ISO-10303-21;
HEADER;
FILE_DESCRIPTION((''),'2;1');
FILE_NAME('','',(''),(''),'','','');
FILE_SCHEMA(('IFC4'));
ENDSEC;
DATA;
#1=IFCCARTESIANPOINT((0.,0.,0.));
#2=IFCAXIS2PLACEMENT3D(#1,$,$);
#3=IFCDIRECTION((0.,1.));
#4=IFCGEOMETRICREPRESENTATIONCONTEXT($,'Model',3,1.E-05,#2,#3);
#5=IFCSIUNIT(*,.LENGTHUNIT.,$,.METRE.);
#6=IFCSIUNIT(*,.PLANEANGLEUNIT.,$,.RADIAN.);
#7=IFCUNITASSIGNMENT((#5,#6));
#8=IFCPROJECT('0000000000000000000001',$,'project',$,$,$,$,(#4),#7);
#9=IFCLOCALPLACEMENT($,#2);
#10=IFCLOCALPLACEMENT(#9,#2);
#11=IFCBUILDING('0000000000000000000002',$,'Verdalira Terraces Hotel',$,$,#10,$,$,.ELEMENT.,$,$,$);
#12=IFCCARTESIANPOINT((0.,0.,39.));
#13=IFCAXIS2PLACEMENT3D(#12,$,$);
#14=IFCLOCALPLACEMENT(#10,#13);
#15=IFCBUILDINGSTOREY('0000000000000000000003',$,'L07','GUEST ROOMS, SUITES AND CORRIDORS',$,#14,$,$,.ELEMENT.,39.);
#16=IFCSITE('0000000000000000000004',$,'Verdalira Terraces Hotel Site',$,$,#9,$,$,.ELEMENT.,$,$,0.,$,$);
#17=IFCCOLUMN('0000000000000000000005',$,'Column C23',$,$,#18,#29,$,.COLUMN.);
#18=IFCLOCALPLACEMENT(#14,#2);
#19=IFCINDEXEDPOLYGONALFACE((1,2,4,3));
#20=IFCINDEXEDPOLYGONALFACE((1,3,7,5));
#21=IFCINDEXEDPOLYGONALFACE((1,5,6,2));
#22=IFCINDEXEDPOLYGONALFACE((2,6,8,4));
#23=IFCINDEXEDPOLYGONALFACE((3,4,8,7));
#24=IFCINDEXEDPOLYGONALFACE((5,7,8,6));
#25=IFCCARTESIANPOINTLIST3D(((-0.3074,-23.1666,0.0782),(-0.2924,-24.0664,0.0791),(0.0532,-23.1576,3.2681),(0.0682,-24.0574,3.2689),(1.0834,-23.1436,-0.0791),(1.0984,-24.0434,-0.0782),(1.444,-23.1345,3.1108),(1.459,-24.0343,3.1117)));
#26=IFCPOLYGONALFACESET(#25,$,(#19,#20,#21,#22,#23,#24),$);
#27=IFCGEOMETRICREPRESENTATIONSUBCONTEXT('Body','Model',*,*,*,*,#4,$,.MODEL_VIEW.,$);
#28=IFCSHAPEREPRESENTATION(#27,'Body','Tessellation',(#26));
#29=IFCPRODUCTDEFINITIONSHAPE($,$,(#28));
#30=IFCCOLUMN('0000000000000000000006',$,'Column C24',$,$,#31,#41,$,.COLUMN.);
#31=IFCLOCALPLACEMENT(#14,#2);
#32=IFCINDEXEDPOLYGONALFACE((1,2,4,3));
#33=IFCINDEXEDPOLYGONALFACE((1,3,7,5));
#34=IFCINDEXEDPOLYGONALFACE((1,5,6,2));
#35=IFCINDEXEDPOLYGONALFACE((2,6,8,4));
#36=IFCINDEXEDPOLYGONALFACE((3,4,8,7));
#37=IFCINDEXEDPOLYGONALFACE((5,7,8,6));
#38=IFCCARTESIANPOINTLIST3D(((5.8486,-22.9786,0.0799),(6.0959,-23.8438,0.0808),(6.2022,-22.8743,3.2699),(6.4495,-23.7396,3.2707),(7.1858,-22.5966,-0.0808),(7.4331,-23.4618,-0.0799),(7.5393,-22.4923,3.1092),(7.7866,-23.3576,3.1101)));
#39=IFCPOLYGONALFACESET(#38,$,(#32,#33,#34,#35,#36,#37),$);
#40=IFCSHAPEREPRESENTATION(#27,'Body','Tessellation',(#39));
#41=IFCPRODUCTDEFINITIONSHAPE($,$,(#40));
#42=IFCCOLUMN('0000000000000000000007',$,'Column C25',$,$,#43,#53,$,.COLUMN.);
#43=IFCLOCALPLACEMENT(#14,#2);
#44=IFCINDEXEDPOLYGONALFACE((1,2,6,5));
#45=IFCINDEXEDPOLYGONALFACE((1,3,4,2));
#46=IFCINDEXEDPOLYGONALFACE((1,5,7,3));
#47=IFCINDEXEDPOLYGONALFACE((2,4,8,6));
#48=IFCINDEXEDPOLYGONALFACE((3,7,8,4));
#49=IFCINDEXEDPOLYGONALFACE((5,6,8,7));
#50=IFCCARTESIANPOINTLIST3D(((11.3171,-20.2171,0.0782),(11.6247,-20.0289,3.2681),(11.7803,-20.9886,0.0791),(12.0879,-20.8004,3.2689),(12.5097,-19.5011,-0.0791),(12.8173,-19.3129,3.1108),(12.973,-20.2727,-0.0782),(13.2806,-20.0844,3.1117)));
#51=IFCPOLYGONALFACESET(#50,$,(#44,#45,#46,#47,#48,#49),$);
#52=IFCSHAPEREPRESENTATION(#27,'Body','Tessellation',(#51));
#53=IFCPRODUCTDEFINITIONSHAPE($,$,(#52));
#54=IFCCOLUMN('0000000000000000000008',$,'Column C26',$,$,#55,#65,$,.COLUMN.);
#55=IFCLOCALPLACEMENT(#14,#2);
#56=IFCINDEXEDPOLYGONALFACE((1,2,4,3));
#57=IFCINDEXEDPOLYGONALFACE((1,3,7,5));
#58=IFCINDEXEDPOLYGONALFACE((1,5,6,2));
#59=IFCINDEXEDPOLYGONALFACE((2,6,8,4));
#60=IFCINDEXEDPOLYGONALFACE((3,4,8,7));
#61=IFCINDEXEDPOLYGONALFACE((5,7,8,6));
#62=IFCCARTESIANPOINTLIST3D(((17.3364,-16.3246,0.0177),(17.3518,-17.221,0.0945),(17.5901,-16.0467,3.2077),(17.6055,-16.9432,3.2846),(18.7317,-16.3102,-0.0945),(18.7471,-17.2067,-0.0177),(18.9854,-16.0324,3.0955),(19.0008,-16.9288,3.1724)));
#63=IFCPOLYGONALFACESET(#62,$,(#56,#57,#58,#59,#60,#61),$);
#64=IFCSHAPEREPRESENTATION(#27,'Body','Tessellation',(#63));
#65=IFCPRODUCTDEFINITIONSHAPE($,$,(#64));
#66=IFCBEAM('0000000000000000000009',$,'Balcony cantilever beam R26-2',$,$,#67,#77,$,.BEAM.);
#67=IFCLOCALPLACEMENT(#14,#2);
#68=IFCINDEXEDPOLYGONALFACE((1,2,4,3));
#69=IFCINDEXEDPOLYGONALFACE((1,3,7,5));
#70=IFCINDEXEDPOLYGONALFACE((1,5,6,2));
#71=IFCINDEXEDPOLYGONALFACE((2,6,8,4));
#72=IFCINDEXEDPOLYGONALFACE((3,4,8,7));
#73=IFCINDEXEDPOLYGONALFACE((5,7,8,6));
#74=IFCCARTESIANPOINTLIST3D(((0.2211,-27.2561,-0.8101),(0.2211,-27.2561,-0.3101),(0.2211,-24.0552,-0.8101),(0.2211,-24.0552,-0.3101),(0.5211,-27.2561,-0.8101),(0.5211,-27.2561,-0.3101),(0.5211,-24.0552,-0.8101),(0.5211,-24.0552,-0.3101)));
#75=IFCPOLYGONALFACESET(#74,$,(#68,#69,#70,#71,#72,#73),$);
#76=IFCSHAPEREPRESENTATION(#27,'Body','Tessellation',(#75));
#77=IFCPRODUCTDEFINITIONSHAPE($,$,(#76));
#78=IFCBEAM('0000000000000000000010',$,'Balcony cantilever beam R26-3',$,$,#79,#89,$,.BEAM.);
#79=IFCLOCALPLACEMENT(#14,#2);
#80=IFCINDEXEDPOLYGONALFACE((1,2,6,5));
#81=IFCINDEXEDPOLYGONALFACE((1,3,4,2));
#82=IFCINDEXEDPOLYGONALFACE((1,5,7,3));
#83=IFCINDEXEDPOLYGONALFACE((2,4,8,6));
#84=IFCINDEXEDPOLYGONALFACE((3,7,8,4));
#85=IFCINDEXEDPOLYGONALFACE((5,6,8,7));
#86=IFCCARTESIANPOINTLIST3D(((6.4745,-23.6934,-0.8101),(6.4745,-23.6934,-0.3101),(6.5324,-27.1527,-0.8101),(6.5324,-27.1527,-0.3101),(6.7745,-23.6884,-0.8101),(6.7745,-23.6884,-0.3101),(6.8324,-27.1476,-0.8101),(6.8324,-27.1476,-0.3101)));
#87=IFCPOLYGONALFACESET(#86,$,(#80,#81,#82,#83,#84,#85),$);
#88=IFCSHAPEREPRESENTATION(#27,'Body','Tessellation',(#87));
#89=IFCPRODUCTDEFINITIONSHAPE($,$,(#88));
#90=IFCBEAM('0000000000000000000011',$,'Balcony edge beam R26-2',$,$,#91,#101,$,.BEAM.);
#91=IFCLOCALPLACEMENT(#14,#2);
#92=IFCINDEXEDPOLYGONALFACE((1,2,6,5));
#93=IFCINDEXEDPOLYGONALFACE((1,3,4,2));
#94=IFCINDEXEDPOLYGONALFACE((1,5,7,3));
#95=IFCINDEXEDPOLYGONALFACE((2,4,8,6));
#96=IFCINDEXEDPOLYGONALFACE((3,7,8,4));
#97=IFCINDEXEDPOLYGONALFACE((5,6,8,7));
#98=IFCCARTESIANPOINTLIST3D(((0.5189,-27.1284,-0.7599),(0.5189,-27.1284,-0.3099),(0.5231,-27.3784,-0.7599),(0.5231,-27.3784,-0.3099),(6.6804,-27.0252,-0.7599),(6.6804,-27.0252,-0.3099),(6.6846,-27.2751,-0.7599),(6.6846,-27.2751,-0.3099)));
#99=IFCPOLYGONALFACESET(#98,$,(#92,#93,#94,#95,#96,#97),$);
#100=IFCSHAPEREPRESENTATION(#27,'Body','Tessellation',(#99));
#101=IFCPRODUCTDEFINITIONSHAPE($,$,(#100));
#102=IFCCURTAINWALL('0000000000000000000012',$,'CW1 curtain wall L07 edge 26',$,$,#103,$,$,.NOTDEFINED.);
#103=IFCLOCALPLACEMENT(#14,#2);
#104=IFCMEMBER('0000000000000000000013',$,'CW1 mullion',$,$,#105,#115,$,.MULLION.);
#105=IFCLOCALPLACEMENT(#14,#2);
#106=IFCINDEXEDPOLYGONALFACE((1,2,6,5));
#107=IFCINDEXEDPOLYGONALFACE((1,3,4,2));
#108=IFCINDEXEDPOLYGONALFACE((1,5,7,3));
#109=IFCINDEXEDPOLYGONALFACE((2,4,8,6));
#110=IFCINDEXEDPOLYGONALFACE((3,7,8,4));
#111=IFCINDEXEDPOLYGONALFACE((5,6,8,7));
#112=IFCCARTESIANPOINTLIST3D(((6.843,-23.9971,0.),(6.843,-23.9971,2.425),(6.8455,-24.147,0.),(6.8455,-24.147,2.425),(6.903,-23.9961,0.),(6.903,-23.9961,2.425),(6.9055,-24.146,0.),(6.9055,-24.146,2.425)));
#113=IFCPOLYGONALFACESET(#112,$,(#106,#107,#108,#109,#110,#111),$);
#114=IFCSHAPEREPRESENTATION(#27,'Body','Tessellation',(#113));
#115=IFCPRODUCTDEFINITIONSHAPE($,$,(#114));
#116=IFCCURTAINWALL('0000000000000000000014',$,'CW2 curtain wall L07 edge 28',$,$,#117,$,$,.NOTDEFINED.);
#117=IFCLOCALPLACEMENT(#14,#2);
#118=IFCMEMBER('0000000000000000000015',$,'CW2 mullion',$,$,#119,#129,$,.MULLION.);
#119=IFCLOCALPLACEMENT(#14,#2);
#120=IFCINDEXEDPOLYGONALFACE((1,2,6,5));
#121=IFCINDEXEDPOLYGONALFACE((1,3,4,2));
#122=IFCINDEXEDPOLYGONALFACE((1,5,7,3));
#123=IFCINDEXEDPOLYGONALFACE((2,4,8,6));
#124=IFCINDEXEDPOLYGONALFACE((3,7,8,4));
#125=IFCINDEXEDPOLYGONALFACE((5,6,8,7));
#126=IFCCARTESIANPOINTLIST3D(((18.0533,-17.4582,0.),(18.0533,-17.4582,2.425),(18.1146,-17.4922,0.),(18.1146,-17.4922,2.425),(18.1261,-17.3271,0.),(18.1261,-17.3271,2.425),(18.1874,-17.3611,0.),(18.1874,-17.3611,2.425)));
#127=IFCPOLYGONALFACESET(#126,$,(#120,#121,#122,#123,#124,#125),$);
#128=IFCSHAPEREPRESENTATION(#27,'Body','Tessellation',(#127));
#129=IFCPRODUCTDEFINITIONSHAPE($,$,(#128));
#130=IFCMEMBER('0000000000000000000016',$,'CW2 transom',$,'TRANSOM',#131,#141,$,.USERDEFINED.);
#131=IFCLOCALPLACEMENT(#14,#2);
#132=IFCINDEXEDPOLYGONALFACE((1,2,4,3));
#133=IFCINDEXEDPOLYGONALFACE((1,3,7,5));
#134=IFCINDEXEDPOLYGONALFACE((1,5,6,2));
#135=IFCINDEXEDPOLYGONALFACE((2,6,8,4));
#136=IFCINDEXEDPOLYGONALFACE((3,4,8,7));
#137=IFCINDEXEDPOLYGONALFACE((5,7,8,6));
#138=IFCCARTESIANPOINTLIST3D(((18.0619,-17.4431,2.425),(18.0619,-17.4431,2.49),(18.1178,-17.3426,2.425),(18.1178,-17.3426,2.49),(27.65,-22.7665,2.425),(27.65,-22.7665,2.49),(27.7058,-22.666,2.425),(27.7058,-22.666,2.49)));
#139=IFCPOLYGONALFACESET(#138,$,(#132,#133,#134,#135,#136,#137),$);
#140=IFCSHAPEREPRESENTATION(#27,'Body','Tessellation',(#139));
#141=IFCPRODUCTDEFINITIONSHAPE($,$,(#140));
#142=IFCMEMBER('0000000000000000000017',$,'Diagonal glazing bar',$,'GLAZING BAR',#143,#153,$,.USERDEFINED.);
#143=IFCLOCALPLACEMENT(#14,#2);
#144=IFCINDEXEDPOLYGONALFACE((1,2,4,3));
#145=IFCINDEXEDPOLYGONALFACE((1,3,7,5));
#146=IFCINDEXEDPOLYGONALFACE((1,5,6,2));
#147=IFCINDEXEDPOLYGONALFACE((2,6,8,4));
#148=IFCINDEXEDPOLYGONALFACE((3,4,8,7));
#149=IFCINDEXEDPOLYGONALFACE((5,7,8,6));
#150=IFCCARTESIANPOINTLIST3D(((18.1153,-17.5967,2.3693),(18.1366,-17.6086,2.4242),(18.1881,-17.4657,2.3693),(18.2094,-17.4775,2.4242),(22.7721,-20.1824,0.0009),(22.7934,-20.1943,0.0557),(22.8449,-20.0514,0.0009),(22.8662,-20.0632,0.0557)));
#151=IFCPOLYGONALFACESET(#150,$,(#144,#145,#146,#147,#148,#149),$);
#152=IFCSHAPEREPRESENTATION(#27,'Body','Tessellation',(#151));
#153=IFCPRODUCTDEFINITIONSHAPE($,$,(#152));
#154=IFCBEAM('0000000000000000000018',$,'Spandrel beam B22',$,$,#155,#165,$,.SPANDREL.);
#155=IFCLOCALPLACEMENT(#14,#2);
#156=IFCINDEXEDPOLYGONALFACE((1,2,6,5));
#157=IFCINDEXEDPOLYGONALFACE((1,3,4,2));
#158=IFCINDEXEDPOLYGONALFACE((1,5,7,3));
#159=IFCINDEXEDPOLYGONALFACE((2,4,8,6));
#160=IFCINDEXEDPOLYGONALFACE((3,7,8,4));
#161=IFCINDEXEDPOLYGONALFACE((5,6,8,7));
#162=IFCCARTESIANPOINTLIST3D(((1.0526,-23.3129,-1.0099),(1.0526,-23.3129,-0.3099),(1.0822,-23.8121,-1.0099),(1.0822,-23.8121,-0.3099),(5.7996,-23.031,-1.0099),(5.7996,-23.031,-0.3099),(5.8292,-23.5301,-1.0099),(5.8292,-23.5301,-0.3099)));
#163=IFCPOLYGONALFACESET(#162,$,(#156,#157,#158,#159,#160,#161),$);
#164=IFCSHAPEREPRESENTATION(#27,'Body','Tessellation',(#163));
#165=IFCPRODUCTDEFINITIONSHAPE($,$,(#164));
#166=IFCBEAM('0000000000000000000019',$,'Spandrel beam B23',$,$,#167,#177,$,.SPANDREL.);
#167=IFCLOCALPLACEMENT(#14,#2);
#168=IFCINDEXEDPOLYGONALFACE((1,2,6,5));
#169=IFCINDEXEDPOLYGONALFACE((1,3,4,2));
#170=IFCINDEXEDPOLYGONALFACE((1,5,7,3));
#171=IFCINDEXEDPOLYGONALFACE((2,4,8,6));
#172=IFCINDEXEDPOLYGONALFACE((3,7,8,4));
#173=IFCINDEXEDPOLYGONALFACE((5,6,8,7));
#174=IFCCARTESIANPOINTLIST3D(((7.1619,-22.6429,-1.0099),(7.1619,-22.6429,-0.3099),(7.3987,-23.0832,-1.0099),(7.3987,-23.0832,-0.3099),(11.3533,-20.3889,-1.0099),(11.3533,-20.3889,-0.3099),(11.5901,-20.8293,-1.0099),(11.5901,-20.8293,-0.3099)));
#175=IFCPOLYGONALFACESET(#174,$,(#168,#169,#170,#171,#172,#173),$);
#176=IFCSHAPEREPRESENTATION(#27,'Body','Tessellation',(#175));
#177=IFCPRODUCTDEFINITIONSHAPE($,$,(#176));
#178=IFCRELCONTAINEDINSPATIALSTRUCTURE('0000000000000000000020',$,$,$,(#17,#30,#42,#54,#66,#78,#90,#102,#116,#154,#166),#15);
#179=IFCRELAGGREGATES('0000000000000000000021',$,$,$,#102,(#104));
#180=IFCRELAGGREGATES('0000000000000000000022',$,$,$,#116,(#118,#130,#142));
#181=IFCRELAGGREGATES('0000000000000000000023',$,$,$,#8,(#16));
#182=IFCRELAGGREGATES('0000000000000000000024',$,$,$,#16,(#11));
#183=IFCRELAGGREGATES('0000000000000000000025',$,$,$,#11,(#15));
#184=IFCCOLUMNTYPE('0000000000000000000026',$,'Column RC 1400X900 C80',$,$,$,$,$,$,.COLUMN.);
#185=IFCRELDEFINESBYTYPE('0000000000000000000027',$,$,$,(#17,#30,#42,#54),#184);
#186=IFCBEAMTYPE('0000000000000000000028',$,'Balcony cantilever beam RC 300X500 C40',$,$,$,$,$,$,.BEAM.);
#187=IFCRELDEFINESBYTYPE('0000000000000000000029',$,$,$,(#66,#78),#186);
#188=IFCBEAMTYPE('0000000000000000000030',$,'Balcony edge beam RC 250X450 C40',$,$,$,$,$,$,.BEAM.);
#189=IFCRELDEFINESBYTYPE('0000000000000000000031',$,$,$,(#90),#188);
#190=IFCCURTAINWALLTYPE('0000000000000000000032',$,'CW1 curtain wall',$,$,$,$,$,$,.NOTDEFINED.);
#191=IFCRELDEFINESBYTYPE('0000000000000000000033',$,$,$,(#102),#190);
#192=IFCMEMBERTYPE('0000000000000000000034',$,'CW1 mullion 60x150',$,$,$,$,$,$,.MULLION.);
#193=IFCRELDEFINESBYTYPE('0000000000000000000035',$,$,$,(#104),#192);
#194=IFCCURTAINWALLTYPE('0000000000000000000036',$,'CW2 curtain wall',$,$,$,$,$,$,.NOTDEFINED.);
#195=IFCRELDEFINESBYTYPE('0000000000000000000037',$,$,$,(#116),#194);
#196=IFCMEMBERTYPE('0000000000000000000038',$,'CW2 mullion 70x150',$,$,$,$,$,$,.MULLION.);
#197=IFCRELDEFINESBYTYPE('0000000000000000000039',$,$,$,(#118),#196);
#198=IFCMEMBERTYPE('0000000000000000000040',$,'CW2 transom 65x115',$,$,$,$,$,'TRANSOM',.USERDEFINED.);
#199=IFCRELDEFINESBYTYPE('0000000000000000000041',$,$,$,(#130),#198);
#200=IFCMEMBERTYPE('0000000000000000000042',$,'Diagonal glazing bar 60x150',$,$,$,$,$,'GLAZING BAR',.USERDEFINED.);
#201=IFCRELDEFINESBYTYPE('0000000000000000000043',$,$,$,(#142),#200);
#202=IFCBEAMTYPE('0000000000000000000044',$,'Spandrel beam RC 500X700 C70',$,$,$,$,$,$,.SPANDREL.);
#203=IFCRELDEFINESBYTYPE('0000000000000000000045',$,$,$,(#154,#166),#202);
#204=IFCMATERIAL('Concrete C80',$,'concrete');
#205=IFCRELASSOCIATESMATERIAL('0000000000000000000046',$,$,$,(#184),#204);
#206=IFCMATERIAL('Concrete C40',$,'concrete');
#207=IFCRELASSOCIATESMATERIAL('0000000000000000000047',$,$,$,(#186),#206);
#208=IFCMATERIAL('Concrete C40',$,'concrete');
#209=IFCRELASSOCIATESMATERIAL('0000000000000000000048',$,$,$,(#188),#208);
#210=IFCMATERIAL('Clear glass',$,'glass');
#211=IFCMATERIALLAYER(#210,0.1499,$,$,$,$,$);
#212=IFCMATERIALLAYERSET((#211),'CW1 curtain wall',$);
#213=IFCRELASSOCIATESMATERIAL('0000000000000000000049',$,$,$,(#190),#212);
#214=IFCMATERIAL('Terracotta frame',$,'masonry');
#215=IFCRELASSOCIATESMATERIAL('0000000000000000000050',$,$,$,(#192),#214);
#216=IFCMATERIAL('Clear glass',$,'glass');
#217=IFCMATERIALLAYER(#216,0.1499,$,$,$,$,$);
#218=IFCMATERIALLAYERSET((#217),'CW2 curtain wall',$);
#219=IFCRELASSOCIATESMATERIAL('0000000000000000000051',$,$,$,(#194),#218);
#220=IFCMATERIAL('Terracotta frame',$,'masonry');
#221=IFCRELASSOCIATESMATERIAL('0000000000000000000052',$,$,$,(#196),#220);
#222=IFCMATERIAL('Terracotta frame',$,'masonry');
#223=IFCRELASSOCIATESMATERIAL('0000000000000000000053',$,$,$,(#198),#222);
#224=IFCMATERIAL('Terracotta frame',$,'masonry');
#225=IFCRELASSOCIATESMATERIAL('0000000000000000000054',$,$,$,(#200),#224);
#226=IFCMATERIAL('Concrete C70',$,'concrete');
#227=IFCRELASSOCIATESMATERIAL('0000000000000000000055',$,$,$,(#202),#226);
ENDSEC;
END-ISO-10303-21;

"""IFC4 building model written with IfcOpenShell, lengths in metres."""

from ifc_helpers import new_model, si_unit, direction, frame, origin, origin_2d, place, context, subcontext, project, spatial, rectangle, extrude, material, layer, layer_set, material_profile, profile_set, type_object, element, aggregate, save


model = new_model("IFC4")

# Units and contexts
model_context = context("Model", 3, precision=1e-05, world=origin(), true_north=direction((0.0, 1.0)))
body_context = subcontext(model_context, "Body", "Model", "MODEL_VIEW")
ifc_project = project(units=[si_unit("LENGTHUNIT", "METRE"), si_unit("PLANEANGLEUNIT", "RADIAN")], contexts=[model_context])

# Site, building, storey
site_placement = place(None, origin())
site = spatial("IfcSite", under=ifc_project, at=site_placement, Name="Verdalira Terraces Hotel Site", CompositionType="ELEMENT", RefElevation=0.0)
building_placement = place(site_placement, origin())
building = spatial("IfcBuilding", under=site, at=building_placement, Name="Verdalira Terraces Hotel", CompositionType="ELEMENT")
storey_placement = place(building_placement, frame((0.0, 0.0, 39.0)))
storey = spatial("IfcBuildingStorey", under=building, at=storey_placement, Name="L07", Description="GUEST ROOMS, SUITES AND CORRIDORS", CompositionType="ELEMENT", Elevation=39.0)

# Columns
ifc_material_1 = material(Name="Concrete C80", Category="concrete")
ifc_material_profile_1 = material_profile(ifc_material_1, rectangle(XDim=1.3999, YDim=0.8999, at=origin_2d()), Name="RC 1400X900")
ifc_profile_set_1 = profile_set([ifc_material_profile_1], Name="Concrete C80")
column_type = type_object("IfcColumnType", Name="Column RC 1400X900 C80", PredefinedType="COLUMN", material=ifc_profile_set_1)
column_1_placement = place(storey_placement, frame((0.3955, -23.605, 0.0), z_axis=(0.112326, 0.002814, 0.993667), x_axis=(0.993532, 0.016455, -0.112357)))
element("IfcColumn", 1, at=column_1_placement, inside=storey, type_object=column_type, Name="Column C23", PredefinedType="COLUMN", context=body_context, shape_type="SweptSolid", body=[
    extrude(rectangle(XDim=1.3999, YDim=0.8999, at=origin_2d()), origin(), (0.0, 0.0, 1.0), 3.2102),
])
column_2_placement = place(storey_placement, frame((6.6409, -23.2202, 0.0), z_axis=(0.11009, 0.032464, 0.993391), x_axis=(-0.955178, -0.272879, 0.114772)))
element("IfcColumn", 2, at=column_2_placement, inside=storey, type_object=column_type, Name="Column C24", PredefinedType="COLUMN", context=body_context, shape_type="SweptSolid", body=[
    extrude(rectangle(XDim=1.3999, YDim=0.8999, at=origin_2d()), origin(), (0.0, 0.0, 1.0), 3.2112),
])
column_3_placement = place(storey_placement, frame((12.145, -20.2449, 0.0), z_axis=(0.095823, 0.058635, 0.99367), x_axis=(0.851952, 0.511428, -0.112335)))
element("IfcColumn", 3, at=column_3_placement, inside=storey, type_object=column_type, Name="Column C25", PredefinedType="COLUMN", context=body_context, shape_type="SweptSolid", body=[
    extrude(rectangle(XDim=1.3999, YDim=0.8999, at=origin_2d()), origin(), (0.0, 0.0, 1.0), 3.2102),
])
column_4_placement = place(storey_placement, frame((18.0417, -16.7656, 0.0), z_axis=(0.078972, 0.086497, 0.993117), x_axis=(-0.99673, -0.010251, 0.080152)))
element("IfcColumn", 4, at=column_4_placement, inside=storey, type_object=column_type, Name="Column C26", PredefinedType="COLUMN", context=body_context, shape_type="SweptSolid", body=[
    extrude(rectangle(XDim=1.3999, YDim=0.8999, at=origin_2d()), origin(), (0.0, 0.0, 1.0), 3.2122),
])

# Beams
ifc_material_2 = material(Name="Concrete C40", Category="concrete")
ifc_material_profile_2 = material_profile(ifc_material_2, rectangle(XDim=0.3, YDim=0.5, at=origin_2d()), Name="RC 300X500")
ifc_profile_set_2 = profile_set([ifc_material_profile_2], Name="Concrete C40")
beam_type_1 = type_object("IfcBeamType", Name="Balcony cantilever beam RC 300X500 C40", PredefinedType="BEAM", material=ifc_profile_set_2)
beam_1_placement = place(storey_placement, frame((0.3711, -24.0552, -0.5601), z_axis=(0.0, -1.0, 0.0), x_axis=(1.0, 0.0, 0.0)))
element("IfcBeam", 5, at=beam_1_placement, inside=storey, type_object=beam_type_1, Name="Balcony cantilever beam R26-2", PredefinedType="BEAM", context=body_context, shape_type="SweptSolid", body=[
    extrude(rectangle(XDim=0.3, YDim=0.5, at=origin_2d()), origin(), (0.0, 0.0, 1.0), 3.2009),
])
beam_2_placement = place(storey_placement, frame((6.6245, -23.6909, -0.5601), z_axis=(0.016724, -0.99986, 0.0), x_axis=(0.99986, 0.016724, 0.0)))
element("IfcBeam", 6, at=beam_2_placement, inside=storey, type_object=beam_type_1, Name="Balcony cantilever beam R26-3", PredefinedType="BEAM", context=body_context, shape_type="SweptSolid", body=[
    extrude(rectangle(XDim=0.3, YDim=0.5, at=origin_2d()), origin(), (0.0, 0.0, 1.0), 3.4597),
])
ifc_material_3 = material(Name="Concrete C40", Category="concrete")
ifc_material_profile_3 = material_profile(ifc_material_3, rectangle(XDim=0.25, YDim=0.45, at=origin_2d()), Name="RC 250X450")
ifc_profile_set_3 = profile_set([ifc_material_profile_3], Name="Concrete C40")
beam_type_2 = type_object("IfcBeamType", Name="Balcony edge beam RC 250X450 C40", PredefinedType="BEAM", material=ifc_profile_set_3)
beam_3_placement = place(storey_placement, frame((0.521, -27.2534, -0.5349), z_axis=(0.99986, 0.016759, 0.0), x_axis=(-0.016759, 0.99986, 0.0)))
element("IfcBeam", 7, at=beam_3_placement, inside=storey, type_object=beam_type_2, Name="Balcony edge beam R26-2", PredefinedType="BEAM", context=body_context, shape_type="SweptSolid", body=[
    extrude(rectangle(XDim=0.25, YDim=0.45, at=origin_2d()), origin(), (0.0, 0.0, 1.0), 6.1624),
])

# Curtain wall, member
ifc_material_4 = material(Name="Clear glass", Category="glass")
ifc_layer_1 = layer(ifc_material_4, 0.1499)
ifc_layer_set_1 = layer_set([ifc_layer_1], Name="CW1 curtain wall")
curtain_wall_type_1 = type_object("IfcCurtainWallType", Name="CW1 curtain wall", PredefinedType="NOTDEFINED", material=ifc_layer_set_1)
curtain_wall_1_placement = place(storey_placement, origin())
curtain_wall_1 = element("IfcCurtainWall", 8, at=curtain_wall_1_placement, inside=storey, type_object=curtain_wall_type_1, Name="CW1 curtain wall L07 edge 26", PredefinedType="NOTDEFINED")
ifc_material_5 = material(Name="Terracotta frame", Category="masonry")
ifc_material_profile_4 = material_profile(ifc_material_5, rectangle(XDim=0.0601, YDim=0.1499, at=origin_2d()), Name="MU 60x150")
ifc_profile_set_4 = profile_set([ifc_material_profile_4], Name="Terracotta frame")
member_type_1 = type_object("IfcMemberType", Name="CW1 mullion 60x150", PredefinedType="MULLION", material=ifc_profile_set_4)
member_1_placement = place(storey_placement, frame((6.8743, -24.0715, 0.0), z_axis=(0.0, 0.0, 1.0), x_axis=(0.99986, 0.016754, 0.0)))
member_1 = element("IfcMember", 9, at=member_1_placement, type_object=member_type_1, Name="CW1 mullion", PredefinedType="MULLION", context=body_context, shape_type="SweptSolid", body=[
    extrude(rectangle(XDim=0.0601, YDim=0.1499, at=origin_2d()), origin(), (0.0, 0.0, 1.0), 2.425),
])

# Curtain wall, members
ifc_material_6 = material(Name="Clear glass", Category="glass")
ifc_layer_2 = layer(ifc_material_6, 0.1499)
ifc_layer_set_2 = layer_set([ifc_layer_2], Name="CW2 curtain wall")
curtain_wall_type_2 = type_object("IfcCurtainWallType", Name="CW2 curtain wall", PredefinedType="NOTDEFINED", material=ifc_layer_set_2)
curtain_wall_2_placement = place(storey_placement, origin())
curtain_wall_2 = element("IfcCurtainWall", 10, at=curtain_wall_2_placement, inside=storey, type_object=curtain_wall_type_2, Name="CW2 curtain wall L07 edge 28", PredefinedType="NOTDEFINED")
ifc_material_7 = material(Name="Terracotta frame", Category="masonry")
ifc_material_profile_5 = material_profile(ifc_material_7, rectangle(XDim=0.0701, YDim=0.1499, at=origin_2d()), Name="MU 70x150")
ifc_profile_set_5 = profile_set([ifc_material_profile_5], Name="Terracotta frame")
member_type_2 = type_object("IfcMemberType", Name="CW2 mullion 70x150", PredefinedType="MULLION", material=ifc_profile_set_5)
member_2_placement = place(storey_placement, frame((18.1204, -17.4097, 0.0), z_axis=(0.0, 0.0, 1.0), x_axis=(0.874281, -0.48542, 0.0)))
member_2 = element("IfcMember", 11, at=member_2_placement, type_object=member_type_2, Name="CW2 mullion", PredefinedType="MULLION", context=body_context, shape_type="SweptSolid", body=[
    extrude(rectangle(XDim=0.0701, YDim=0.1499, at=origin_2d()), origin(), (0.0, 0.0, 1.0), 2.425),
])
ifc_material_8 = material(Name="Terracotta frame", Category="masonry")
ifc_material_profile_6 = material_profile(ifc_material_8, rectangle(XDim=0.115, YDim=0.0649, at=origin_2d()), Name="TR 65x115")
ifc_profile_set_6 = profile_set([ifc_material_profile_6], Name="Terracotta frame")
member_type_3 = type_object("IfcMemberType", Name="CW2 transom 65x115", ElementType="TRANSOM", PredefinedType="USERDEFINED", material=ifc_profile_set_6)
member_3_placement = place(storey_placement, frame((18.0898, -17.3928, 2.4575), z_axis=(0.874283, -0.485416, 0.0), x_axis=(0.485416, 0.874283, 0.0)))
member_3 = element("IfcMember", 12, at=member_3_placement, type_object=member_type_3, Name="CW2 transom", ObjectType="TRANSOM", PredefinedType="USERDEFINED", context=body_context, shape_type="SweptSolid", body=[
    extrude(rectangle(XDim=0.115, YDim=0.0649, at=origin_2d()), origin(), (0.0, 0.0, 1.0), 10.9668),
])
ifc_material_9 = material(Name="Terracotta frame", Category="masonry")
ifc_material_profile_7 = material_profile(ifc_material_9, rectangle(XDim=0.1499, YDim=0.0601, at=origin_2d()), Name="GB 60x150")
ifc_profile_set_7 = profile_set([ifc_material_profile_7], Name="Terracotta frame")
member_type_4 = type_object("IfcMemberType", Name="Diagonal glazing bar 60x150", ElementType="GLAZING BAR", PredefinedType="USERDEFINED", material=ifc_profile_set_7)
member_4_placement = place(storey_placement, frame((18.1624, -17.5371, 2.3967), z_axis=(0.798855, -0.443571, -0.406296), x_axis=(0.485444, 0.874268, 0.0)))
member_4 = element("IfcMember", 13, at=member_4_placement, type_object=member_type_4, Name="Diagonal glazing bar", ObjectType="GLAZING BAR", PredefinedType="USERDEFINED", context=body_context, shape_type="SweptSolid", body=[
    extrude(rectangle(XDim=0.1499, YDim=0.0601, at=origin_2d()), origin(), (0.0, 0.0, 1.0), 5.8293),
])

# Beams
ifc_material_10 = material(Name="Concrete C70", Category="concrete")
ifc_material_profile_8 = material_profile(ifc_material_10, rectangle(XDim=0.5, YDim=0.7, at=origin_2d()), Name="RC 500X700")
ifc_profile_set_8 = profile_set([ifc_material_profile_8], Name="Concrete C70")
beam_type_3 = type_object("IfcBeamType", Name="Spandrel beam RC 500X700 C70", PredefinedType="SPANDREL", material=ifc_profile_set_8)
beam_4_placement = place(storey_placement, frame((1.0674, -23.5625, -0.6599), z_axis=(0.99824, 0.059297, 0.0), x_axis=(-0.059297, 0.99824, 0.0)))
element("IfcBeam", 14, at=beam_4_placement, inside=storey, type_object=beam_type_3, Name="Spandrel beam B22", PredefinedType="SPANDREL", context=body_context, shape_type="SweptSolid", body=[
    extrude(rectangle(XDim=0.5, YDim=0.7, at=origin_2d()), origin(), (0.0, 0.0, 1.0), 4.7554),
])
beam_5_placement = place(storey_placement, frame((7.2803, -22.863, -0.6599), z_axis=(0.880735, 0.47361, 0.0), x_axis=(-0.47361, 0.880735, 0.0)))
element("IfcBeam", 15, at=beam_5_placement, inside=storey, type_object=beam_type_3, Name="Spandrel beam B23", PredefinedType="SPANDREL", context=body_context, shape_type="SweptSolid", body=[
    extrude(rectangle(XDim=0.5, YDim=0.7, at=origin_2d()), origin(), (0.0, 0.0, 1.0), 4.759),
])

aggregate(curtain_wall_1, [member_1])
aggregate(curtain_wall_2, [member_2, member_3, member_4])

save(model, "model.ifc")
